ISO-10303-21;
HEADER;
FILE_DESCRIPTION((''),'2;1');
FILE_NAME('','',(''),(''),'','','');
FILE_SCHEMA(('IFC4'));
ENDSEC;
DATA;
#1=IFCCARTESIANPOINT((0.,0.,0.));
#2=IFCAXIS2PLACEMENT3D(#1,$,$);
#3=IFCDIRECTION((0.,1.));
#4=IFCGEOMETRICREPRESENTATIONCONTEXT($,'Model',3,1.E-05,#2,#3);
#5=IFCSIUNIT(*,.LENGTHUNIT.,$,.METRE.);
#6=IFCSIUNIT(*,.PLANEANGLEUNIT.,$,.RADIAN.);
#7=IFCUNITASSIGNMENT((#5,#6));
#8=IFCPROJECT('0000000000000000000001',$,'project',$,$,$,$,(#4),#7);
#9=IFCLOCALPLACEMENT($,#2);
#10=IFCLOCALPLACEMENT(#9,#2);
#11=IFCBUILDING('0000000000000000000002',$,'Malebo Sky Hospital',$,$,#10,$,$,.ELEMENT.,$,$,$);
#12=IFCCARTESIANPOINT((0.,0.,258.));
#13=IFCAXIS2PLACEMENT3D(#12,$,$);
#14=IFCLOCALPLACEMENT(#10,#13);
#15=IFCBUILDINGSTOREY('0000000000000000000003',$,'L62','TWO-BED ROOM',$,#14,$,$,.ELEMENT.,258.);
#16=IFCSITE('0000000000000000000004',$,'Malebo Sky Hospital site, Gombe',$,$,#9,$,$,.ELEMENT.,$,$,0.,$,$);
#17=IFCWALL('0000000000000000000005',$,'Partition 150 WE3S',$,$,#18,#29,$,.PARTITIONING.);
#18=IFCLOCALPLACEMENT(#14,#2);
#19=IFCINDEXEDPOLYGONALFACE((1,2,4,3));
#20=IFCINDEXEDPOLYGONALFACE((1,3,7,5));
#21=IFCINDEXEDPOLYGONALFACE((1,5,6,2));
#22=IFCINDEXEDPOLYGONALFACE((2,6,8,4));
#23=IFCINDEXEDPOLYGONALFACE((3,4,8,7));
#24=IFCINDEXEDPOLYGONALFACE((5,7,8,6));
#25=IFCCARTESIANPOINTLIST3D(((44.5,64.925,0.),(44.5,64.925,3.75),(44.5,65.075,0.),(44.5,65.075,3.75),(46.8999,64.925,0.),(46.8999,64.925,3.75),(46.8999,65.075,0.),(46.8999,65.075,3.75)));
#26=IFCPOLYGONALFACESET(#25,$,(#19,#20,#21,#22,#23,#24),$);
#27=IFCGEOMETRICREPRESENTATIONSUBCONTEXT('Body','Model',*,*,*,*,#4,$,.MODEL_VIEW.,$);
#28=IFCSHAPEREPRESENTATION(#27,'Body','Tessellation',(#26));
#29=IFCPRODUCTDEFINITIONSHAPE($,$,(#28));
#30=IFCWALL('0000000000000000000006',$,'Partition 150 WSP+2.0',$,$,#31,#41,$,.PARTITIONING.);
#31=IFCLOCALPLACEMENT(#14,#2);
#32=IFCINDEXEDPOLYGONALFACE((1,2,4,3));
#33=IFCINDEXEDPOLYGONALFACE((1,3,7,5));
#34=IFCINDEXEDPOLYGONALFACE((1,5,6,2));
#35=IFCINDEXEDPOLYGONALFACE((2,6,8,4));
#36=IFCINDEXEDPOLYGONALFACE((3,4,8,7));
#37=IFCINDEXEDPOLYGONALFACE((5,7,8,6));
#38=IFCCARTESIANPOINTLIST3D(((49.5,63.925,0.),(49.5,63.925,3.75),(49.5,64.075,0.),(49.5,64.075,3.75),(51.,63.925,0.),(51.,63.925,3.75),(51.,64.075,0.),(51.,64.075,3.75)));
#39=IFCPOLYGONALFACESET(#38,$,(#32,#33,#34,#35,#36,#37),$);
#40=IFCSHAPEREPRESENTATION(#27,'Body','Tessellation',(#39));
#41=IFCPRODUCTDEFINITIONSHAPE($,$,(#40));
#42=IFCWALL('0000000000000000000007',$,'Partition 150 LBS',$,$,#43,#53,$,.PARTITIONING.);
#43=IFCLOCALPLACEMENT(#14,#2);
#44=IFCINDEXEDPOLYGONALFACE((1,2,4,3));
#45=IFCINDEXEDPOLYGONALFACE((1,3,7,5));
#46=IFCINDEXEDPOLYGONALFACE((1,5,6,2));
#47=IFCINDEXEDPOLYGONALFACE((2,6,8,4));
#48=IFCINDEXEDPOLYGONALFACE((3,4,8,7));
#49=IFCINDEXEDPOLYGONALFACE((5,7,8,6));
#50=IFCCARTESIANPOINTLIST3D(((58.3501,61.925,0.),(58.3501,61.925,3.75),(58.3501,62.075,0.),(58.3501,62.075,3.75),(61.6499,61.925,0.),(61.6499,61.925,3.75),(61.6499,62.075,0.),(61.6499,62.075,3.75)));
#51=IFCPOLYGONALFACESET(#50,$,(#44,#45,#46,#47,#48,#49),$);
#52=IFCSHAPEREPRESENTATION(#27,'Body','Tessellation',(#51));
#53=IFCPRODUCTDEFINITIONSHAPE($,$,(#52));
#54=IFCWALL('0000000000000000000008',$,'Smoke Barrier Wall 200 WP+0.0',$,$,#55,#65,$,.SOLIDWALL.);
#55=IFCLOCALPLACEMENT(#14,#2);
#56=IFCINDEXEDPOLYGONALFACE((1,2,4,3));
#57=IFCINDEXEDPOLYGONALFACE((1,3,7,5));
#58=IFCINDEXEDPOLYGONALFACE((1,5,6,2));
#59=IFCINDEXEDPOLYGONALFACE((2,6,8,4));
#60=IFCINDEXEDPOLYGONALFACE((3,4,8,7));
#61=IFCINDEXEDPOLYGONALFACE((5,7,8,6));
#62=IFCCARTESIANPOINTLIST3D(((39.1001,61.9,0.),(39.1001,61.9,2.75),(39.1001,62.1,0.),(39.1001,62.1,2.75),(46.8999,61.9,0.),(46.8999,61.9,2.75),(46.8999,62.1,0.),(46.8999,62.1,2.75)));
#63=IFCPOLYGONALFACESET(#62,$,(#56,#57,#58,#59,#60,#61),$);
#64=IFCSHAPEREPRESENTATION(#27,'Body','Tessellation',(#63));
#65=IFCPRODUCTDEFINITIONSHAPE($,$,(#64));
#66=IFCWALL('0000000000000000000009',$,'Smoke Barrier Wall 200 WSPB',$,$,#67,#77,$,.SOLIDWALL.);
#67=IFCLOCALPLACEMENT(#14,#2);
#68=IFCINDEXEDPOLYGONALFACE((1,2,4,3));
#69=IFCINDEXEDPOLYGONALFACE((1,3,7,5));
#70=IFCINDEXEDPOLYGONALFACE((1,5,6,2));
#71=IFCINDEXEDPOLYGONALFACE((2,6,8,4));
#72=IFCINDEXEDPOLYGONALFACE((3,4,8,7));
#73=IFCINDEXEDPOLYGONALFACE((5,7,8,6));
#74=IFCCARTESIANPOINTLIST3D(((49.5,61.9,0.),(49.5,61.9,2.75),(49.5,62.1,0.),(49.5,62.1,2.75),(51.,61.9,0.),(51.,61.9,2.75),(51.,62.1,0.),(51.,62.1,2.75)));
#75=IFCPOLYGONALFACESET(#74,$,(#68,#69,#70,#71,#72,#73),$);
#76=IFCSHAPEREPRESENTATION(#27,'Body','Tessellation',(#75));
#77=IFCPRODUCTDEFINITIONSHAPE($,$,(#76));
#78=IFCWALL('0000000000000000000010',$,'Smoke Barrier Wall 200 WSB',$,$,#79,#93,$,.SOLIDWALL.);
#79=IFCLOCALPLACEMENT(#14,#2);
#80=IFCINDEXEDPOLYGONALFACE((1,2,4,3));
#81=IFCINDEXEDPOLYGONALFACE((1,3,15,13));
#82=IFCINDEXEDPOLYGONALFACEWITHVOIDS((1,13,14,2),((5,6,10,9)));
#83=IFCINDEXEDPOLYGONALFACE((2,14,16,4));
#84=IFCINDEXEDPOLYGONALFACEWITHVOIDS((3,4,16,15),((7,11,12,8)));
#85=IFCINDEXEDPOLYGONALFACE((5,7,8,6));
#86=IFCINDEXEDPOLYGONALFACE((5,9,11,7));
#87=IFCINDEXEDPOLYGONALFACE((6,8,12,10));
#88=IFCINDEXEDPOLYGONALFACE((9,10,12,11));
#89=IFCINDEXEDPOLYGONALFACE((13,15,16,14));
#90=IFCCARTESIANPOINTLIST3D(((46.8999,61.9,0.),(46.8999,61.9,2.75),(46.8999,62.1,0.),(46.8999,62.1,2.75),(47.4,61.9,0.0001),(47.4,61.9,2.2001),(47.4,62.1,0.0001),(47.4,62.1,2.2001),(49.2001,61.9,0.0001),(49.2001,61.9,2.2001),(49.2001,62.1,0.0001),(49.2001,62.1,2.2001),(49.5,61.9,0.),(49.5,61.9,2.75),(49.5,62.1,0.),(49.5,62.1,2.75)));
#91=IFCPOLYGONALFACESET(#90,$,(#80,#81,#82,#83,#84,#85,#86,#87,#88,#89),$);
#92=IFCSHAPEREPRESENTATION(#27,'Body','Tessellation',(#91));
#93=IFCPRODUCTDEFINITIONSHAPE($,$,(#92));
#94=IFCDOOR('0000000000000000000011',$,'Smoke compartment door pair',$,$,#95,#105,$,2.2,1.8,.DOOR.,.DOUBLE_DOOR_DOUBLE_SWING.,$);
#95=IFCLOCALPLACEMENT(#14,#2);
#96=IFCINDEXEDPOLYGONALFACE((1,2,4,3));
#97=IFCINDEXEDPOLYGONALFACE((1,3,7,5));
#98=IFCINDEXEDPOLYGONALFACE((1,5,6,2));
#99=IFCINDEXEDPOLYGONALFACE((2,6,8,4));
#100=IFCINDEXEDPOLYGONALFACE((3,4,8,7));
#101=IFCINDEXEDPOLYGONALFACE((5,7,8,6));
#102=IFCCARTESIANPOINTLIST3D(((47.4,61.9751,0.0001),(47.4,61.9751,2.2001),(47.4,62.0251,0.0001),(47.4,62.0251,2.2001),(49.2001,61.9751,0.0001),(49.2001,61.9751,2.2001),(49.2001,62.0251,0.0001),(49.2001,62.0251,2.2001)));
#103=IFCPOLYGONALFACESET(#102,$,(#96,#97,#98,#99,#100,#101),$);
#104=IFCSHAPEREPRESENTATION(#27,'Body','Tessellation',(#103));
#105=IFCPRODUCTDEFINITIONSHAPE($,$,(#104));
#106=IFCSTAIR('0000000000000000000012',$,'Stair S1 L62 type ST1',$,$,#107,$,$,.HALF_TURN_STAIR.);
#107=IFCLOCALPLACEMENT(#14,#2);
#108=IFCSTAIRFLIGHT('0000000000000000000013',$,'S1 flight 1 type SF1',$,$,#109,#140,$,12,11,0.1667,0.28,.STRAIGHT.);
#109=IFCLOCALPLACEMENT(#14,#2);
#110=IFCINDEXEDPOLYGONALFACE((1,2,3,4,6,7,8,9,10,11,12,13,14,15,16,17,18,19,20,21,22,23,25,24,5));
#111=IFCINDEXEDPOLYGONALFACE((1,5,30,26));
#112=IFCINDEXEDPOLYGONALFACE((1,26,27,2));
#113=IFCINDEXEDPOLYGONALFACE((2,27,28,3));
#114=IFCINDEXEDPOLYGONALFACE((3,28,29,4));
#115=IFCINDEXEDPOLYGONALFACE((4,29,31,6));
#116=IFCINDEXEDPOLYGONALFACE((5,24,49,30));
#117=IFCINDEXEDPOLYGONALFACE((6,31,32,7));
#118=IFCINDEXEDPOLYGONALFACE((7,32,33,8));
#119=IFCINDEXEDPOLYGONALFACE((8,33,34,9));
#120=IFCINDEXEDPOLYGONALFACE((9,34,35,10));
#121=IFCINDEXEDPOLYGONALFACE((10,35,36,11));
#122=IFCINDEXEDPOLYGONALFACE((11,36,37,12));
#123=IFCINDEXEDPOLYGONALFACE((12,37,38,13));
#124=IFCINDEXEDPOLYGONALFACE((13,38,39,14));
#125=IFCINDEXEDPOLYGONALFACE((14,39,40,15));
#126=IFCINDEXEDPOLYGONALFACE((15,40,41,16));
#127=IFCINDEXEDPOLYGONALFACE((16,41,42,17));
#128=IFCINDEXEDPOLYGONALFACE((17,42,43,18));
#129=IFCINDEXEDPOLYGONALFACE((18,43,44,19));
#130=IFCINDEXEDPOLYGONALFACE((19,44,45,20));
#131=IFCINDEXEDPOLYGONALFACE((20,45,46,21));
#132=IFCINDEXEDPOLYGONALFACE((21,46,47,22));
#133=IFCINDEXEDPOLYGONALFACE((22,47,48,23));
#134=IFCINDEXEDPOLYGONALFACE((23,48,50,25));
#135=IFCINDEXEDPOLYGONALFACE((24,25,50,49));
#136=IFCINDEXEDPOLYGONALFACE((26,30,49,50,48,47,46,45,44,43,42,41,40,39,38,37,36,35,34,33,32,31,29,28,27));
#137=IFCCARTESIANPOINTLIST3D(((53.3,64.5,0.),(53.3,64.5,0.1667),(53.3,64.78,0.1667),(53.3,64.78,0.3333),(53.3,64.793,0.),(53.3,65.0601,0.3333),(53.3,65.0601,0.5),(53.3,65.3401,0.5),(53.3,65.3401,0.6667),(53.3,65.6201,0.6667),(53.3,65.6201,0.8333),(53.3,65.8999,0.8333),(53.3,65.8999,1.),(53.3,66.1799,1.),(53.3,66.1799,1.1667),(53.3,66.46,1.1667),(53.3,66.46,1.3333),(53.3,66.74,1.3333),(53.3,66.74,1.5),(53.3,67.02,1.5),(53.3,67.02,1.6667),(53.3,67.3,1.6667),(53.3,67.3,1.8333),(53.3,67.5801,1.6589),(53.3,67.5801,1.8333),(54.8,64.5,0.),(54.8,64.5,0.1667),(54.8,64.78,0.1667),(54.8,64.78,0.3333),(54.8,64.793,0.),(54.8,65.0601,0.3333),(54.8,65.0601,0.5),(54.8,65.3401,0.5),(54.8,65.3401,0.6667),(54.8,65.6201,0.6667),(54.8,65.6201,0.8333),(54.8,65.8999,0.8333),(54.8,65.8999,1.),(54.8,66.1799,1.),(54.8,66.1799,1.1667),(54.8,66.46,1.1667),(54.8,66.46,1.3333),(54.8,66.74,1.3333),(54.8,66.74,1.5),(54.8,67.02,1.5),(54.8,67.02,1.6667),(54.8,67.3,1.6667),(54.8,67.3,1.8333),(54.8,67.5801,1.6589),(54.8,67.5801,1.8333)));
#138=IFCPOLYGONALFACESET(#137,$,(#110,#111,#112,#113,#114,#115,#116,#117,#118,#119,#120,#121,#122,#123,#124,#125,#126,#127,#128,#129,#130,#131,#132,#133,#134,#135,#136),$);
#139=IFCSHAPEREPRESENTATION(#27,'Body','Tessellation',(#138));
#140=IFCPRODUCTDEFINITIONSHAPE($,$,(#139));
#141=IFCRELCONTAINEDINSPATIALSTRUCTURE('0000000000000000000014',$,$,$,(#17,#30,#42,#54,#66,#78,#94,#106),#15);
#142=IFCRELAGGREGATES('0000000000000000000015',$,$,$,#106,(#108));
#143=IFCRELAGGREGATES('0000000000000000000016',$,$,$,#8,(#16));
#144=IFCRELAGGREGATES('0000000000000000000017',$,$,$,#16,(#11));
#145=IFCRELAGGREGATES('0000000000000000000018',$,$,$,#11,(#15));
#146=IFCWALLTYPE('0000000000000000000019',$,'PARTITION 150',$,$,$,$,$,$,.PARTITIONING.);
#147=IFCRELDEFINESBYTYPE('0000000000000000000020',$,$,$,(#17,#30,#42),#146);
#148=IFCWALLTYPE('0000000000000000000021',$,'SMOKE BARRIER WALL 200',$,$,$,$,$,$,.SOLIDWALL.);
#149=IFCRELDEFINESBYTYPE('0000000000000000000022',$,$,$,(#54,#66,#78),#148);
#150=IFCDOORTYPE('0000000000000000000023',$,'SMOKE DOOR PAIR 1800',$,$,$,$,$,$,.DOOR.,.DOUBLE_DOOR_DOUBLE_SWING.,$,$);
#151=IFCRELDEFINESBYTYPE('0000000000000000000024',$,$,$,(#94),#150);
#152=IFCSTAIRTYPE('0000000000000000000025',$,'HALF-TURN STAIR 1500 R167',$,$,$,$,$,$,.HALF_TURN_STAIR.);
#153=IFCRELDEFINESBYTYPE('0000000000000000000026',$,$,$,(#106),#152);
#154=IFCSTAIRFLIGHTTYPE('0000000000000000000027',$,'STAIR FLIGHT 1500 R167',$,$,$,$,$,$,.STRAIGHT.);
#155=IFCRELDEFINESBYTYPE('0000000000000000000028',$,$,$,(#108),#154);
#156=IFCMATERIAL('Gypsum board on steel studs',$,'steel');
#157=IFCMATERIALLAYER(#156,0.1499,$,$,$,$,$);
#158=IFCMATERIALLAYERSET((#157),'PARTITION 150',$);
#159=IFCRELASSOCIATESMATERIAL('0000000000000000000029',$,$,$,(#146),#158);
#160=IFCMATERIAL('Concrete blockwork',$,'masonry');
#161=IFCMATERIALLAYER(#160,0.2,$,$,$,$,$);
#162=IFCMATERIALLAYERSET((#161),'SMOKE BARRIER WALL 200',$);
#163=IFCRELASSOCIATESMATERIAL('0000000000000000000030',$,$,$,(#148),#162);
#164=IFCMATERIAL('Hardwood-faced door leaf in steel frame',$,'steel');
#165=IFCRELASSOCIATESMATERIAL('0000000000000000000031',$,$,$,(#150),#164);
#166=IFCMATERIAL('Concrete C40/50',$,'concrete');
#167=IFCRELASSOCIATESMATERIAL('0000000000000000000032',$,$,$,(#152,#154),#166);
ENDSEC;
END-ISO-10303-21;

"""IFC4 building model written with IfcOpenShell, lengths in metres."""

from ifc_helpers import new_model, si_unit, direction, frame, frame_2d, origin, place, context, subcontext, project, spatial, polyline, rectangle, outline, extrude, material, layer, layer_set, type_object, element, fill, aggregate, save


model = new_model("IFC4")

# Units and contexts
model_context = context("Model", 3, precision=1e-05, world=origin(), true_north=direction((0.0, 1.0)))
body_context = subcontext(model_context, "Body", "Model", "MODEL_VIEW")
ifc_project = project(units=[si_unit("LENGTHUNIT", "METRE"), si_unit("PLANEANGLEUNIT", "RADIAN")], contexts=[model_context])

# Site, building, storey
site_placement = place(None, origin())
site = spatial("IfcSite", under=ifc_project, at=site_placement, Name="Malebo Sky Hospital site, Gombe", CompositionType="ELEMENT", RefElevation=0.0)
building_placement = place(site_placement, origin())
building = spatial("IfcBuilding", under=site, at=building_placement, Name="Malebo Sky Hospital", CompositionType="ELEMENT")
storey_placement = place(building_placement, frame((0.0, 0.0, 258.0)))
storey = spatial("IfcBuildingStorey", under=building, at=storey_placement, Name="L62", Description="TWO-BED ROOM", CompositionType="ELEMENT", Elevation=258.0)

# Shared definitions
ifc_material_1 = material(Name="Hardwood-faced door leaf in steel frame", Category="steel")

# Shared definitions
ifc_material_2 = material(Name="Gypsum board on steel studs", Category="steel")

# Walls
ifc_layer_1 = layer(ifc_material_2, 0.1499)
ifc_layer_set_1 = layer_set([ifc_layer_1], Name="PARTITION 150")
wall_type_1 = type_object("IfcWallType", Name="PARTITION 150", PredefinedType="PARTITIONING", material=ifc_layer_set_1)
wall_1_placement = place(storey_placement, frame((46.8999, 65.0, 0.0), z_axis=(0.0, 0.0, 1.0), x_axis=(-1.0, 0.0, 0.0)))
element("IfcWall", 1, at=wall_1_placement, inside=storey, type_object=wall_type_1, Name="Partition 150 WE3S", PredefinedType="PARTITIONING", context=body_context, shape_type="SweptSolid", body=[
    extrude(rectangle(XDim=2.3999, YDim=0.1499, at=frame_2d((1.2, 0.0))), origin(), (0.0, 0.0, 1.0), 3.75),
])
wall_2_placement = place(storey_placement, frame((51.0, 64.0, 0.0), z_axis=(0.0, 0.0, 1.0), x_axis=(-1.0, 0.0, 0.0)))
element("IfcWall", 2, at=wall_2_placement, inside=storey, type_object=wall_type_1, Name="Partition 150 WSP+2.0", PredefinedType="PARTITIONING", context=body_context, shape_type="SweptSolid", body=[
    extrude(rectangle(XDim=1.5, YDim=0.1499, at=frame_2d((0.75, 0.0))), origin(), (0.0, 0.0, 1.0), 3.75),
])
wall_3_placement = place(storey_placement, frame((58.3501, 62.0, 0.0), z_axis=(0.0, 0.0, 1.0), x_axis=(1.0, 0.0, 0.0)))
element("IfcWall", 3, at=wall_3_placement, inside=storey, type_object=wall_type_1, Name="Partition 150 LBS", PredefinedType="PARTITIONING", context=body_context, shape_type="SweptSolid", body=[
    extrude(rectangle(XDim=3.2998, YDim=0.1499, at=frame_2d((1.6499, 0.0))), origin(), (0.0, 0.0, 1.0), 3.75),
])
ifc_material_3 = material(Name="Concrete blockwork", Category="masonry")
ifc_layer_2 = layer(ifc_material_3, 0.2)
ifc_layer_set_2 = layer_set([ifc_layer_2], Name="SMOKE BARRIER WALL 200")
wall_type_2 = type_object("IfcWallType", Name="SMOKE BARRIER WALL 200", PredefinedType="SOLIDWALL", material=ifc_layer_set_2)
wall_4_placement = place(storey_placement, frame((46.8999, 62.0, 0.0), z_axis=(0.0, 0.0, 1.0), x_axis=(-1.0, 0.0, 0.0)))
element("IfcWall", 4, at=wall_4_placement, inside=storey, type_object=wall_type_2, Name="Smoke Barrier Wall 200 WP+0.0", PredefinedType="SOLIDWALL", context=body_context, shape_type="SweptSolid", body=[
    extrude(rectangle(XDim=7.7998, YDim=0.2, at=frame_2d((3.8999, 0.0))), origin(), (0.0, 0.0, 1.0), 2.75),
])
wall_5_placement = place(storey_placement, frame((51.0, 62.0, 0.0), z_axis=(0.0, 0.0, 1.0), x_axis=(-1.0, 0.0, 0.0)))
element("IfcWall", 5, at=wall_5_placement, inside=storey, type_object=wall_type_2, Name="Smoke Barrier Wall 200 WSPB", PredefinedType="SOLIDWALL", context=body_context, shape_type="SweptSolid", body=[
    extrude(rectangle(XDim=1.5, YDim=0.2, at=frame_2d((0.75, 0.0))), origin(), (0.0, 0.0, 1.0), 2.75),
])

# Wall, opening, door
wall_6_placement = place(storey_placement, frame((49.5, 62.0, 0.0), z_axis=(0.0, 0.0, 1.0), x_axis=(-1.0, 0.0, 0.0)))
wall_6 = element("IfcWall", 6, at=wall_6_placement, inside=storey, type_object=wall_type_2, Name="Smoke Barrier Wall 200 WSB", PredefinedType="SOLIDWALL", context=body_context, shape_type="SweptSolid", body=[
    extrude(rectangle(XDim=2.6001, YDim=0.2, at=frame_2d((1.3, 0.0))), origin(), (0.0, 0.0, 1.0), 2.75),
])
opening_1_placement = place(wall_6_placement, frame((0.3, 0.0, 0.0)))
opening_1 = element("IfcOpeningElement", 7, at=opening_1_placement, cuts=wall_6, PredefinedType="OPENING", context=body_context, shape_type="SweptSolid", body=[
    extrude(rectangle(XDim=1.8, YDim=2.2, at=frame_2d((0.8999, 1.1001))), frame((0.0, 0.1099, 0.0), z_axis=(0.0, -1.0, 0.0), x_axis=(1.0, 0.0, 0.0)), (0.0, 0.0, 1.0), 0.22),
])
door_type_1 = type_object("IfcDoorType", Name="SMOKE DOOR PAIR 1800", OperationType="DOUBLE_DOOR_DOUBLE_SWING", PredefinedType="DOOR", material=ifc_material_1)
door_1_placement = place(opening_1_placement, origin())
door_1 = element("IfcDoor", 8, at=door_1_placement, inside=storey, type_object=door_type_1, Name="Smoke compartment door pair", OperationType="DOUBLE_DOOR_DOUBLE_SWING", OverallHeight=2.2, OverallWidth=1.8, PredefinedType="DOOR", context=body_context, shape_type="SweptSolid", body=[
    extrude(rectangle(XDim=1.8, YDim=2.2, at=frame_2d((0.8999, 1.1001))), frame((0.0, 0.0249, 0.0), z_axis=(0.0, -1.0, 0.0), x_axis=(1.0, 0.0, 0.0)), (0.0, 0.0, 1.0), 0.05),
])
fill(opening_1, door_1)

# Stair, stair flight
ifc_material_4 = material(Name="Concrete C40/50", Category="concrete")
stair_type = type_object("IfcStairType", Name="HALF-TURN STAIR 1500 R167", PredefinedType="HALF_TURN_STAIR", material=ifc_material_4)
stair_placement = place(storey_placement, origin())
stair = element("IfcStair", 9, at=stair_placement, inside=storey, type_object=stair_type, Name="Stair S1 L62 type ST1", PredefinedType="HALF_TURN_STAIR")
stair_flight_type = type_object("IfcStairFlightType", Name="STAIR FLIGHT 1500 R167", PredefinedType="STRAIGHT", material=ifc_material_4)
stair_flight_placement = place(storey_placement, frame((54.05, 64.5, 0.0), z_axis=(0.0, 0.0, 1.0), x_axis=(0.0, 1.0, 0.0)))
stair_flight = element("IfcStairFlight", 10, at=stair_flight_placement, type_object=stair_flight_type, Name="S1 flight 1 type SF1", NumberOfRisers=12, NumberOfTreads=11, PredefinedType="STRAIGHT", RiserHeight=0.1667, TreadLength=0.28, context=body_context, shape_type="SweptSolid", body=[
    extrude(outline(polyline([(0.0, 0.0), (0.0, 0.1667), (0.28, 0.1667), (0.28, 0.3333), (0.5601, 0.3333), (0.5601, 0.5), (0.8401, 0.5), (0.8401, 0.6667), (1.1201, 0.6667), (1.1201, 0.8333), (1.3999, 0.8333), (1.3999, 1.0), (1.6799, 1.0), (1.6799, 1.1667), (1.96, 1.1667), (1.96, 1.3333), (2.24, 1.3333), (2.24, 1.5), (2.52, 1.5), (2.52, 1.6667), (2.8, 1.6667), (2.8, 1.8333), (3.0801, 1.8333), (3.0801, 2.0), (3.0801, 1.6589), (0.293, 0.0), (0.0, 0.0)])), frame((0.0, 0.75, 0.0), z_axis=(0.0, -1.0, 0.0), x_axis=(1.0, 0.0, 0.0)), (0.0, 0.0, 1.0), 1.5),
])
aggregate(stair, [stair_flight])

save(model, "model.ifc")
